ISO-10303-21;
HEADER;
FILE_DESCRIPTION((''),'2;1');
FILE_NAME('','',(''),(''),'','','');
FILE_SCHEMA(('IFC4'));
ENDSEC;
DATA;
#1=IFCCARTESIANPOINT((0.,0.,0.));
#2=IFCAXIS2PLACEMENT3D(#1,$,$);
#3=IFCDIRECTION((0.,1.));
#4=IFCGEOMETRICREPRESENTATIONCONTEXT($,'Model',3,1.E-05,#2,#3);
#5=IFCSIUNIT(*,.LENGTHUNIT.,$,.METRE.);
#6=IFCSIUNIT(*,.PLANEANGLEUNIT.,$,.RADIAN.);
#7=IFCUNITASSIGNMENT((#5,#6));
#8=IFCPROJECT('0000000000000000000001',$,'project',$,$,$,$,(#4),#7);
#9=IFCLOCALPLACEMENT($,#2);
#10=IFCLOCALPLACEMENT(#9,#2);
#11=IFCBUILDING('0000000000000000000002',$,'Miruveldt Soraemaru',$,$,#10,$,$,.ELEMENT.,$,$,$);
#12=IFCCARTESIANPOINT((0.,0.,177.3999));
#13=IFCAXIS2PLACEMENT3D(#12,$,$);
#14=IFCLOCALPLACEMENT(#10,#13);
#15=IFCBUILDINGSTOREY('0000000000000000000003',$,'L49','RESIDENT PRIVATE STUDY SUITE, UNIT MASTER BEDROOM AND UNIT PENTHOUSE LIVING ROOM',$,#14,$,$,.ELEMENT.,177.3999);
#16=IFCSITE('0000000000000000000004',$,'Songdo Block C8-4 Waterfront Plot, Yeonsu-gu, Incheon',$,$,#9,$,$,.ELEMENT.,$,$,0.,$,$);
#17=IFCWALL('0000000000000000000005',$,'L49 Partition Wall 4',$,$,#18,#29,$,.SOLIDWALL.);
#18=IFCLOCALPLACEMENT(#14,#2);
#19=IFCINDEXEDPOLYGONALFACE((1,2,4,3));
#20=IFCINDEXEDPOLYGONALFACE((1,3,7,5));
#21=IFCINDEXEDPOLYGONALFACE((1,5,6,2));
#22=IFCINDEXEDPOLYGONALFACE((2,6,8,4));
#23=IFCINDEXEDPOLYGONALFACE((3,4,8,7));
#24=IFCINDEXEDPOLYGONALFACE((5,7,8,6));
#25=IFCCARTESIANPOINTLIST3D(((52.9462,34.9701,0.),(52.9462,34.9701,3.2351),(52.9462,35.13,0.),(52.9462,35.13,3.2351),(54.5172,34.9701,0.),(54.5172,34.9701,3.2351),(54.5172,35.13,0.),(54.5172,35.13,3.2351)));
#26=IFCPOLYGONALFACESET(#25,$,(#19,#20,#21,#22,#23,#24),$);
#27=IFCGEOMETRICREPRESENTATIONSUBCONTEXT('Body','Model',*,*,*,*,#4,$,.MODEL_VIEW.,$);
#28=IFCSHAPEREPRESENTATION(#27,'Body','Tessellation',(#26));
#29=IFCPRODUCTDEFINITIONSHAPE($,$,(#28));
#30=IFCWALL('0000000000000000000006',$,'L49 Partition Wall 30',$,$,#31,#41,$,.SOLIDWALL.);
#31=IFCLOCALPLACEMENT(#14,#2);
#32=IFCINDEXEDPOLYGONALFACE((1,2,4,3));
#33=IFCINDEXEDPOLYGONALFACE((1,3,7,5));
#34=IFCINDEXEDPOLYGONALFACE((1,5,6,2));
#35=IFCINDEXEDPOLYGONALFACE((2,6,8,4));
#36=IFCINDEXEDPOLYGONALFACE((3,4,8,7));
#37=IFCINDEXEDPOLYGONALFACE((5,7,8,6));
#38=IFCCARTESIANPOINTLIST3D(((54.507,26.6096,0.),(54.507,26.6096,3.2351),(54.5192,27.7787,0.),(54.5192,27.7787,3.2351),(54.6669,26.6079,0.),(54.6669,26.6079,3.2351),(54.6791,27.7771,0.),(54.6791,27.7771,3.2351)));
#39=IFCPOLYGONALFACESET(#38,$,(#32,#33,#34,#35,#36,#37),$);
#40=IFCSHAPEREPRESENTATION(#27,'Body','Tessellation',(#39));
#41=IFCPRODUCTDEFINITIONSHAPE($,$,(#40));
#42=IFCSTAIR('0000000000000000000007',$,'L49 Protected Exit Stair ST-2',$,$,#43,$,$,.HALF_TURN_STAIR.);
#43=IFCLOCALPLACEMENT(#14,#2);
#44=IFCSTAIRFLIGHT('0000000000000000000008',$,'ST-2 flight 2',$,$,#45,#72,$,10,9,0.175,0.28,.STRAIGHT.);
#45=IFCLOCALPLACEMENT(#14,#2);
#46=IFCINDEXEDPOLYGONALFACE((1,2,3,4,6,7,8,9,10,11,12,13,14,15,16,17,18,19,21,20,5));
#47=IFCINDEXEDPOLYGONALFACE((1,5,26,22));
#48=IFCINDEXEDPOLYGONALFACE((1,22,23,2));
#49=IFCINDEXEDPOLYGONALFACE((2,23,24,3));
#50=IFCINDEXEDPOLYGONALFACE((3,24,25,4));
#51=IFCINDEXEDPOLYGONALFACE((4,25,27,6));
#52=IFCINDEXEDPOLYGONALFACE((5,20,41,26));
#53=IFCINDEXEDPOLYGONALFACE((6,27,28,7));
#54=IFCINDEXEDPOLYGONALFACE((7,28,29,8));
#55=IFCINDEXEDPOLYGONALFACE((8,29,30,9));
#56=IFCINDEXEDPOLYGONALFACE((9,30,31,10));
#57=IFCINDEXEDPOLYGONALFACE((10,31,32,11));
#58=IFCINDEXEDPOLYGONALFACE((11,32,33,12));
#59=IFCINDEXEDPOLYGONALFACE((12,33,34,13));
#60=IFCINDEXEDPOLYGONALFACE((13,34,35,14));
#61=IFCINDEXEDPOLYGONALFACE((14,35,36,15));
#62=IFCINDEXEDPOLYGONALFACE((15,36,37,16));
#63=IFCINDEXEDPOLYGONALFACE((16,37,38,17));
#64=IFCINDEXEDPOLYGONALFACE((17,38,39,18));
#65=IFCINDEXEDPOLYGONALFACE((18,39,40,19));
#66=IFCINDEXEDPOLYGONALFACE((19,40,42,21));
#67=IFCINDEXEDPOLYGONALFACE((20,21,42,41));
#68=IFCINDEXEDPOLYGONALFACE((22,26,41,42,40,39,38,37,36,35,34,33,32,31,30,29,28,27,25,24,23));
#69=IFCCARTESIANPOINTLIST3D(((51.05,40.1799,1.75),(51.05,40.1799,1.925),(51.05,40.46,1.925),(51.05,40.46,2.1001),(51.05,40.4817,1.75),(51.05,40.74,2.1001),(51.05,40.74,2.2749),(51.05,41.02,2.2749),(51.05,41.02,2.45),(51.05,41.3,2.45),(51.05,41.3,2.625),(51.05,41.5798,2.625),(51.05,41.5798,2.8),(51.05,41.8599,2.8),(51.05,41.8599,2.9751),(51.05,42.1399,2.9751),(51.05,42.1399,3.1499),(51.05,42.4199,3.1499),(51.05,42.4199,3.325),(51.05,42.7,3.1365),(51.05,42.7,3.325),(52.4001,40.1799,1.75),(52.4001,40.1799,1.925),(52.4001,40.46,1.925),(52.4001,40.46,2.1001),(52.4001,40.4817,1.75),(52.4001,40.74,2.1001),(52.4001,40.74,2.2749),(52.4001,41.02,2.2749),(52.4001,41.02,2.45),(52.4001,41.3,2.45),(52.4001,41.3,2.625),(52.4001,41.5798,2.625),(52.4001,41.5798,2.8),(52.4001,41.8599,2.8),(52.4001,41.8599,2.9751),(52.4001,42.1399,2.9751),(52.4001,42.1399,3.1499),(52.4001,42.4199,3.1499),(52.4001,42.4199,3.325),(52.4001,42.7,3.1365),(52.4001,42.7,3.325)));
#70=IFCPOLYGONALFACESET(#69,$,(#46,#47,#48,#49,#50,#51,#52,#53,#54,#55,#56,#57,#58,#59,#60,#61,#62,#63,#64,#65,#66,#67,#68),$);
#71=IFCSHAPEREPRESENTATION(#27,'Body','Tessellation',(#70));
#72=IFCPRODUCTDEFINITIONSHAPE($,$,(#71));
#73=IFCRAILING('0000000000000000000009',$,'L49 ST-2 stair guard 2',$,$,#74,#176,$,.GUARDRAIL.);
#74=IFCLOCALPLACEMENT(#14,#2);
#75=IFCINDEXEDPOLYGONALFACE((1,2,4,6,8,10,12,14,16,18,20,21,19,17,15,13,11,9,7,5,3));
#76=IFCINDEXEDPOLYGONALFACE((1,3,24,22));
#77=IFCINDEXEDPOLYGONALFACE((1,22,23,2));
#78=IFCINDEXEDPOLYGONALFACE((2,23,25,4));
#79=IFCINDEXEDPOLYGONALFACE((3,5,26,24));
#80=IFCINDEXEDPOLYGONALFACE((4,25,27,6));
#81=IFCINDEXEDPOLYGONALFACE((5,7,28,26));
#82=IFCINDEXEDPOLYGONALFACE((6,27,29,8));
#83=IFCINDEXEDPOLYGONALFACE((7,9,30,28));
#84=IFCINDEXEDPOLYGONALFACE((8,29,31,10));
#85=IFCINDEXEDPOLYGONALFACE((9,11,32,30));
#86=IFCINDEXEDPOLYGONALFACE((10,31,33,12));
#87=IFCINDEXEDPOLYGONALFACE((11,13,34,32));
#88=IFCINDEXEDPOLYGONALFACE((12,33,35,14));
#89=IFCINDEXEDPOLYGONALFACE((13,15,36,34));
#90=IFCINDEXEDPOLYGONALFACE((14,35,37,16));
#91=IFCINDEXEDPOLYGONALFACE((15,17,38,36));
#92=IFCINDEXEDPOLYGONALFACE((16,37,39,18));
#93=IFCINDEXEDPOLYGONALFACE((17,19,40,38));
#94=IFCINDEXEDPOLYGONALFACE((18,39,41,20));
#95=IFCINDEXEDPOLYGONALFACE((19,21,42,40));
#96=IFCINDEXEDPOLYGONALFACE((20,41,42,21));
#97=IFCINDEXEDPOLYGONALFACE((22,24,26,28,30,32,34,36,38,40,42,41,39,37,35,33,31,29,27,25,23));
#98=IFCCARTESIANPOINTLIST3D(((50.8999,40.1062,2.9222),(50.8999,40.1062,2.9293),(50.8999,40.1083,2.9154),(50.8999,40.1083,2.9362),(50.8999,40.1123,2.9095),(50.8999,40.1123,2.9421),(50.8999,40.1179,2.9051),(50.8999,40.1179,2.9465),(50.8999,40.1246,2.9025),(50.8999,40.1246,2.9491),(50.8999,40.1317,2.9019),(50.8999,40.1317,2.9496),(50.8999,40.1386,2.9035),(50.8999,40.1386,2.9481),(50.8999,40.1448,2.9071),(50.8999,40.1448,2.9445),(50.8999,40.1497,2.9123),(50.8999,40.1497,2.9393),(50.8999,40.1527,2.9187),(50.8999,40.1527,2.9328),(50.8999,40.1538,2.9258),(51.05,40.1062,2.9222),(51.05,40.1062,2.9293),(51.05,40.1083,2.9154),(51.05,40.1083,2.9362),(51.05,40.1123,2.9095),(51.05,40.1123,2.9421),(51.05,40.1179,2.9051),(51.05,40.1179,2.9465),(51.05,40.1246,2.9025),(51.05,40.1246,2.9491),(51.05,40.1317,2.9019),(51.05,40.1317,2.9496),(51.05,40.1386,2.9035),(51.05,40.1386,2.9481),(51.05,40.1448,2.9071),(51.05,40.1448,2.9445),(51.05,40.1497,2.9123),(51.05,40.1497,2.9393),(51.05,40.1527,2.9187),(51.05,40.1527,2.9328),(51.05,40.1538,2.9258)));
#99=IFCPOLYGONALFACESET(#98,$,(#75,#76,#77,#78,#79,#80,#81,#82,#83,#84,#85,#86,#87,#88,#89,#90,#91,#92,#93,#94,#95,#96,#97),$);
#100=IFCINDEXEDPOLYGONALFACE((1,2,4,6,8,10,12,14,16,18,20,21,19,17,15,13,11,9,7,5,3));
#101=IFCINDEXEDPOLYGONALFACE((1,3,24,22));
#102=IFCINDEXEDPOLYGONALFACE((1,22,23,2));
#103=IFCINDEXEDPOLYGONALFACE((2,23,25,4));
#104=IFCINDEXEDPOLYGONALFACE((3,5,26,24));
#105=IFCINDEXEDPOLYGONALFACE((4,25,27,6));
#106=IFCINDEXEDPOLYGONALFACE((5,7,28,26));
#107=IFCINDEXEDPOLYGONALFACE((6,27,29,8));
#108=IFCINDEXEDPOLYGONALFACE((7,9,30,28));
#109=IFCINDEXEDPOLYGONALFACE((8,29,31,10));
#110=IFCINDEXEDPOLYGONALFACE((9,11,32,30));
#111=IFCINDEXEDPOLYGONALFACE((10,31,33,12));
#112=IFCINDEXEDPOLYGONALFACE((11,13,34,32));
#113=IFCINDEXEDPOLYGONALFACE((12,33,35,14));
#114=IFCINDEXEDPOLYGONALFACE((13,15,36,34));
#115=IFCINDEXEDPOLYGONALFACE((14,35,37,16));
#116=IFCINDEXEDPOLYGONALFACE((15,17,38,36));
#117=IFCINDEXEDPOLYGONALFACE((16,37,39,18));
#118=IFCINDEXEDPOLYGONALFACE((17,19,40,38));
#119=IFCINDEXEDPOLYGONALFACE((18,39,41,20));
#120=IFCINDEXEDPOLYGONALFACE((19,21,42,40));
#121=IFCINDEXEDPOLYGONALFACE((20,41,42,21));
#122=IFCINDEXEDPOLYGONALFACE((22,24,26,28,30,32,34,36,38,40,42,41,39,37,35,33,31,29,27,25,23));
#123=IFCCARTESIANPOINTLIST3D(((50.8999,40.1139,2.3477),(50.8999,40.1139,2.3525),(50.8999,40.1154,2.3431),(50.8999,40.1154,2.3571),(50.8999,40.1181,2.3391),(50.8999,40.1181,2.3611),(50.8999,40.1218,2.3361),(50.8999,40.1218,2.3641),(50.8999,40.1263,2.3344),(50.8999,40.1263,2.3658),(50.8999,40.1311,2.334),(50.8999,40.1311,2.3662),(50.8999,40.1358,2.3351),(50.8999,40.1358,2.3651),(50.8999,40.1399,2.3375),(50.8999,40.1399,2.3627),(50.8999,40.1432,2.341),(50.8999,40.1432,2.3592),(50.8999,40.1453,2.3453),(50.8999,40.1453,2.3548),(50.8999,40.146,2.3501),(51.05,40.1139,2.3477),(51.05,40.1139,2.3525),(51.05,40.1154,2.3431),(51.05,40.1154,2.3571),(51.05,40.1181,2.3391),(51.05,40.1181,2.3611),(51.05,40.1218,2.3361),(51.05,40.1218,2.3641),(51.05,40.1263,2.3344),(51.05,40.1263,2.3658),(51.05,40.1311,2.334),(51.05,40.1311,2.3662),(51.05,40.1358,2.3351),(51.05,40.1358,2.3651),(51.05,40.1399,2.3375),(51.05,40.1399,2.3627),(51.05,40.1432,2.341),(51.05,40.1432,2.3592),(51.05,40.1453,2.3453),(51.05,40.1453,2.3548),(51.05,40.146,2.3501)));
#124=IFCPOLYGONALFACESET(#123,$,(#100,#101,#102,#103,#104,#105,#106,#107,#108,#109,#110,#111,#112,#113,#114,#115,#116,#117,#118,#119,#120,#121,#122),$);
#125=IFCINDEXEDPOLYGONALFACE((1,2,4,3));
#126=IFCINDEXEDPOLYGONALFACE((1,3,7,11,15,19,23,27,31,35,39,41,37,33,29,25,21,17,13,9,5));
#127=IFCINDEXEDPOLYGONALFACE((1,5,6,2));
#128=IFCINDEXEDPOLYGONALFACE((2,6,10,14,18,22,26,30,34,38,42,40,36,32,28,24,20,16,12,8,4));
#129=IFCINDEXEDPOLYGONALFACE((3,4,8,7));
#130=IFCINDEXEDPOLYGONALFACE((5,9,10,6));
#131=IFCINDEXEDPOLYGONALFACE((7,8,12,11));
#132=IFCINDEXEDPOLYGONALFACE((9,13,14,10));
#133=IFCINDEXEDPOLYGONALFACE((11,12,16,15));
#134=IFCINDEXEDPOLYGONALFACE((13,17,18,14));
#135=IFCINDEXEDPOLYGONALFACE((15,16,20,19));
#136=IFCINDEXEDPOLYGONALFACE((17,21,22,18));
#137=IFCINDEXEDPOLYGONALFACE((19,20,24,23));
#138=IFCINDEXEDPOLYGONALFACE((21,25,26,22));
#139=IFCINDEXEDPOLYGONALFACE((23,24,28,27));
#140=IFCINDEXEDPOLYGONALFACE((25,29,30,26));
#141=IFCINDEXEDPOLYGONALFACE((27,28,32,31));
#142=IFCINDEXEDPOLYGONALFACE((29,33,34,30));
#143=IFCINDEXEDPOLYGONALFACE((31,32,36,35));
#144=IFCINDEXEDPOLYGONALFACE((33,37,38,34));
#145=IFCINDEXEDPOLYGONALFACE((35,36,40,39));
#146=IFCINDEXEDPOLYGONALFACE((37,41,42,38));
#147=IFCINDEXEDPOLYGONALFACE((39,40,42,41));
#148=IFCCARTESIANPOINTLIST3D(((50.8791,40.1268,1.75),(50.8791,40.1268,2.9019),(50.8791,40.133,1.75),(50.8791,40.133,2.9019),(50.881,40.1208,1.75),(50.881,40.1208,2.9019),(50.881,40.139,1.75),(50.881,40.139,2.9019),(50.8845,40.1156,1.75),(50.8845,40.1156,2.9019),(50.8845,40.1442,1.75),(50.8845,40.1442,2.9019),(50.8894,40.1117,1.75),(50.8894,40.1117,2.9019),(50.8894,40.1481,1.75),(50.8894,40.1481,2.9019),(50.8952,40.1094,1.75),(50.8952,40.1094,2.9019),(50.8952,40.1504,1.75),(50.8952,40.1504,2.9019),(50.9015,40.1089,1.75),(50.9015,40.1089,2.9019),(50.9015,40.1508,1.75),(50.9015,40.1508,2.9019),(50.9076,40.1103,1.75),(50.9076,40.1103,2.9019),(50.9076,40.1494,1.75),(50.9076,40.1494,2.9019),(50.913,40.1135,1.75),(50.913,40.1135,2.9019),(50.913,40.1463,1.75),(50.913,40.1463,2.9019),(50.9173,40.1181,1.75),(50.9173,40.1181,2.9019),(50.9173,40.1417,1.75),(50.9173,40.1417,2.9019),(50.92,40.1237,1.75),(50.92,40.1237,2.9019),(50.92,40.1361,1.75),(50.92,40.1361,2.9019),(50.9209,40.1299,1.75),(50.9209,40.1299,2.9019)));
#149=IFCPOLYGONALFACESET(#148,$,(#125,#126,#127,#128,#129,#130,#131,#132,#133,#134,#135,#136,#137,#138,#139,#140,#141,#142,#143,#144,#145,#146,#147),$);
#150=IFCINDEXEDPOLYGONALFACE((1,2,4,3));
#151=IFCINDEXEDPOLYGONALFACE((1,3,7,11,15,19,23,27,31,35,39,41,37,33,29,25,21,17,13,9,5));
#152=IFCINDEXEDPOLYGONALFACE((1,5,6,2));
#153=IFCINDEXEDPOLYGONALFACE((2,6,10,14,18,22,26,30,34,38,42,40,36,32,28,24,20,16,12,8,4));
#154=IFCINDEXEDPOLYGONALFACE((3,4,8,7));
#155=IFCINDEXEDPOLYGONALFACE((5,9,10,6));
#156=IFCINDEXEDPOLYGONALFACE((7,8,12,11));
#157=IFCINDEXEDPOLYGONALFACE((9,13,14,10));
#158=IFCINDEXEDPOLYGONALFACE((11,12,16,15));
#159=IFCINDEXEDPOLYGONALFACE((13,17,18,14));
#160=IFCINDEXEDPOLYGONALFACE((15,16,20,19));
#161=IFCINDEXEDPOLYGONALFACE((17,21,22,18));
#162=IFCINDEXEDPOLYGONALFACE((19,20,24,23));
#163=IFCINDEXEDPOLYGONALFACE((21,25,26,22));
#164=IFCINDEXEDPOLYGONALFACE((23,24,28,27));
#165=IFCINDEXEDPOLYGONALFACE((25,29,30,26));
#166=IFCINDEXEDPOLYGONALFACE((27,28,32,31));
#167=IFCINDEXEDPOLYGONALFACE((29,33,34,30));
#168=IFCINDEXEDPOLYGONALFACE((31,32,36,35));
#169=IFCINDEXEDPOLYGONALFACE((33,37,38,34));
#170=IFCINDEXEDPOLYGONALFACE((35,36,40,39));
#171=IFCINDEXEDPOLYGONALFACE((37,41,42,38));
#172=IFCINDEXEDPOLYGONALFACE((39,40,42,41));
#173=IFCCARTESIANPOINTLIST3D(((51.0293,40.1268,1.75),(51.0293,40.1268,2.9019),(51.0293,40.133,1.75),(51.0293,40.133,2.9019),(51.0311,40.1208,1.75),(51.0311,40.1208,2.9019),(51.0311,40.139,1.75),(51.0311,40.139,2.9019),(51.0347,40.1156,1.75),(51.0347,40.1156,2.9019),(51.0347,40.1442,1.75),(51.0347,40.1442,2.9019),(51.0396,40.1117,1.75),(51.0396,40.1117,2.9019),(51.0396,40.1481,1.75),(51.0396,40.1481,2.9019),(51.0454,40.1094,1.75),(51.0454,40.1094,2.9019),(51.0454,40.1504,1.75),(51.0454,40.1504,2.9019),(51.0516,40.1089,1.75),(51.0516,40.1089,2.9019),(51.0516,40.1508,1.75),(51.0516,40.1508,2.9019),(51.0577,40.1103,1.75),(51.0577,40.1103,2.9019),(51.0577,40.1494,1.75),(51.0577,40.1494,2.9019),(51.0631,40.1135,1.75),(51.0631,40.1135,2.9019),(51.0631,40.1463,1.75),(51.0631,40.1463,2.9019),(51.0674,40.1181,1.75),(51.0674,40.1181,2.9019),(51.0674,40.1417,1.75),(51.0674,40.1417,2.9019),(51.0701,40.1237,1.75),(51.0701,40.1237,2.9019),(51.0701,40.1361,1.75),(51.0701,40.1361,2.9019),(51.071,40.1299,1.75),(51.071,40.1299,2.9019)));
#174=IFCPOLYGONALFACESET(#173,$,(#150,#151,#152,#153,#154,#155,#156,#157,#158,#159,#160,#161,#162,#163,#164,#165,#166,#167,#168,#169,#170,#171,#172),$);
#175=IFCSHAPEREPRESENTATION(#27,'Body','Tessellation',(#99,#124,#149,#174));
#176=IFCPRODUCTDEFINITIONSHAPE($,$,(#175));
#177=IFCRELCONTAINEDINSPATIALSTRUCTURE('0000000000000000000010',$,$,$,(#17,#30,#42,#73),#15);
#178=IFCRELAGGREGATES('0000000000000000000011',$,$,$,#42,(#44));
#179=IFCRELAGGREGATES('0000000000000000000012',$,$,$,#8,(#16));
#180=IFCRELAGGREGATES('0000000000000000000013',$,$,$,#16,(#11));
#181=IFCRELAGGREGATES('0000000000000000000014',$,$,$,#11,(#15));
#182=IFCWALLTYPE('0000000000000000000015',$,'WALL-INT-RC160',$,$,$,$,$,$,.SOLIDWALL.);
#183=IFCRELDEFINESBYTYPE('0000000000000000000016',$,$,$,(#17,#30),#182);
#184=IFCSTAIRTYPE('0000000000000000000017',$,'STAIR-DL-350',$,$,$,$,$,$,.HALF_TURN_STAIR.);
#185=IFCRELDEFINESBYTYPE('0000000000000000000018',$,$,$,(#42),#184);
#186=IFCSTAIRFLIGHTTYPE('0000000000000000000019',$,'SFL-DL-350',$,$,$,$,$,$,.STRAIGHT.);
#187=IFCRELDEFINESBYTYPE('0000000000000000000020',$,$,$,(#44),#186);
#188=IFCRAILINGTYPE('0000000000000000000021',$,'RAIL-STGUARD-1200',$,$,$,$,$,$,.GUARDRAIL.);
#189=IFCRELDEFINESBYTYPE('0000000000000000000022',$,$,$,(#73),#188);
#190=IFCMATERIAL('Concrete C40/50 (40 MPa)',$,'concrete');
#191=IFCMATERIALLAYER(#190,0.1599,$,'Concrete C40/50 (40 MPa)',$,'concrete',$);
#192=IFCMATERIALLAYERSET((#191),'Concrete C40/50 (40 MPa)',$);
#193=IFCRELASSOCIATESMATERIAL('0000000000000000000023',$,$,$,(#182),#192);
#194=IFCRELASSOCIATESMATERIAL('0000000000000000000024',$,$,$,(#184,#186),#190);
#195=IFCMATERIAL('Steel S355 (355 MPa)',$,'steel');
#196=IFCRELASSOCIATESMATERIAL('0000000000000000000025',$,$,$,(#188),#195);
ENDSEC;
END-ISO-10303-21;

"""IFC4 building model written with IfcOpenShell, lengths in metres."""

from ifc_helpers import new_model, si_unit, direction, frame, frame_2d, origin, origin_2d, place, context, subcontext, project, spatial, polyline, rectangle, circle, outline, extrude, material, layer, layer_set, type_object, element, aggregate, save


model = new_model("IFC4")

# Units and contexts
model_context = context("Model", 3, precision=1e-05, world=origin(), true_north=direction((0.0, 1.0)))
body_context = subcontext(model_context, "Body", "Model", "MODEL_VIEW")
ifc_project = project(units=[si_unit("LENGTHUNIT", "METRE"), si_unit("PLANEANGLEUNIT", "RADIAN")], contexts=[model_context])

# Site, building, storey
site_placement = place(None, origin())
site = spatial("IfcSite", under=ifc_project, at=site_placement, Name="Songdo Block C8-4 Waterfront Plot, Yeonsu-gu, Incheon", CompositionType="ELEMENT", RefElevation=0.0)
building_placement = place(site_placement, origin())
building = spatial("IfcBuilding", under=site, at=building_placement, Name="Miruveldt Soraemaru", CompositionType="ELEMENT")
storey_placement = place(building_placement, frame((0.0, 0.0, 177.3999)))
storey = spatial("IfcBuildingStorey", under=building, at=storey_placement, Name="L49", Description="RESIDENT PRIVATE STUDY SUITE, UNIT MASTER BEDROOM AND UNIT PENTHOUSE LIVING ROOM", CompositionType="ELEMENT", Elevation=177.3999)

# Shared definitions
ifc_material_1 = material(Name="Concrete C40/50 (40 MPa)", Category="concrete")
ifc_layer_1 = layer(ifc_material_1, 0.1599, Name="Concrete C40/50 (40 MPa)", Category="concrete")
ifc_layer_set_1 = layer_set([ifc_layer_1], Name="Concrete C40/50 (40 MPa)")
wall_type_1 = type_object("IfcWallType", Name="WALL-INT-RC160", PredefinedType="SOLIDWALL", material=ifc_layer_set_1)

# Walls
wall_1_placement = place(storey_placement, frame((52.946, 35.05, 0.0), z_axis=(0.0, 0.0, 1.0), x_axis=(1.0, 0.0, 0.0)))
element("IfcWall", 1, at=wall_1_placement, inside=storey, type_object=wall_type_1, Name="L49 Partition Wall 4", PredefinedType="SOLIDWALL", context=body_context, shape_type="SweptSolid", body=[
    extrude(rectangle(XDim=1.571, YDim=0.1599, at=frame_2d((0.7856, 0.0))), origin(), (0.0, 0.0, 1.0), 3.2351),
])
wall_2_placement = place(storey_placement, frame((54.5869, 26.6089, 0.0), z_axis=(0.0, 0.0, 1.0), x_axis=(0.01044, 0.999946, 0.0)))
element("IfcWall", 2, at=wall_2_placement, inside=storey, type_object=wall_type_1, Name="L49 Partition Wall 30", PredefinedType="SOLIDWALL", context=body_context, shape_type="SweptSolid", body=[
    extrude(rectangle(XDim=1.1692, YDim=0.1599, at=frame_2d((0.5845, 0.0))), origin(), (0.0, 0.0, 1.0), 3.2351),
])

# Stair, stair flight
stair_type = type_object("IfcStairType", Name="STAIR-DL-350", PredefinedType="HALF_TURN_STAIR", material=ifc_material_1)
stair_placement = place(storey_placement, origin())
stair = element("IfcStair", 3, at=stair_placement, inside=storey, type_object=stair_type, Name="L49 Protected Exit Stair ST-2", PredefinedType="HALF_TURN_STAIR")
stair_flight_type = type_object("IfcStairFlightType", Name="SFL-DL-350", PredefinedType="STRAIGHT", material=ifc_material_1)
stair_flight_placement = place(storey_placement, frame((51.7251, 40.1799, 1.75), z_axis=(0.0, 0.0, 1.0), x_axis=(0.0, 1.0, 0.0)))
stair_flight = element("IfcStairFlight", 4, at=stair_flight_placement, type_object=stair_flight_type, Name="ST-2 flight 2", NumberOfRisers=10, NumberOfTreads=9, PredefinedType="STRAIGHT", RiserHeight=0.175, TreadLength=0.28, context=body_context, shape_type="SweptSolid", body=[
    extrude(outline(polyline([(0.0, 0.0), (0.0, 0.175), (0.28, 0.175), (0.28, 0.3501), (0.5601, 0.3501), (0.5601, 0.5249), (0.8401, 0.5249), (0.8401, 0.7), (1.1201, 0.7), (1.1201, 0.875), (1.3999, 0.875), (1.3999, 1.05), (1.6799, 1.05), (1.6799, 1.2251), (1.96, 1.2251), (1.96, 1.3999), (2.24, 1.3999), (2.24, 1.575), (2.52, 1.575), (2.52, 1.75), (2.52, 1.3865), (0.3018, 0.0), (0.0, 0.0)])), frame((0.0, 0.675, 0.0), z_axis=(0.0, -1.0, 0.0), x_axis=(1.0, 0.0, 0.0)), (0.0, 0.0, 1.0), 1.3501),
])
aggregate(stair, [stair_flight])

# Railing
ifc_material_2 = material(Name="Steel S355 (355 MPa)", Category="steel")
railing_type_1 = type_object("IfcRailingType", Name="RAIL-STGUARD-1200", PredefinedType="GUARDRAIL", material=ifc_material_2)
railing_1_placement = place(storey_placement, frame((50.8999, 40.1299, 1.75)))
element("IfcRailing", 5, at=railing_1_placement, inside=storey, type_object=railing_type_1, Name="L49 ST-2 stair guard 2", PredefinedType="GUARDRAIL", context=body_context, shape_type="SweptSolid", body=[
    extrude(circle(Radius=0.0239, at=origin_2d()), frame((0.0, 0.0, 1.1758), z_axis=(1.0, 0.0, 0.0), x_axis=(0.0, 1.0, 0.0)), (0.0, 0.0, 1.0), 0.1501),
    extrude(circle(Radius=0.0161, at=origin_2d()), frame((0.0, 0.0, 0.6001), z_axis=(1.0, 0.0, 0.0), x_axis=(0.0, 1.0, 0.0)), (0.0, 0.0, 1.0), 0.1501),
    extrude(circle(Radius=0.021, at=origin_2d()), origin(), (0.0, 0.0, 1.0), 1.1519),
    extrude(circle(Radius=0.021, at=origin_2d()), frame((0.1501, 0.0, 0.0)), (0.0, 0.0, 1.0), 1.1519),
])

save(model, "model.ifc")
